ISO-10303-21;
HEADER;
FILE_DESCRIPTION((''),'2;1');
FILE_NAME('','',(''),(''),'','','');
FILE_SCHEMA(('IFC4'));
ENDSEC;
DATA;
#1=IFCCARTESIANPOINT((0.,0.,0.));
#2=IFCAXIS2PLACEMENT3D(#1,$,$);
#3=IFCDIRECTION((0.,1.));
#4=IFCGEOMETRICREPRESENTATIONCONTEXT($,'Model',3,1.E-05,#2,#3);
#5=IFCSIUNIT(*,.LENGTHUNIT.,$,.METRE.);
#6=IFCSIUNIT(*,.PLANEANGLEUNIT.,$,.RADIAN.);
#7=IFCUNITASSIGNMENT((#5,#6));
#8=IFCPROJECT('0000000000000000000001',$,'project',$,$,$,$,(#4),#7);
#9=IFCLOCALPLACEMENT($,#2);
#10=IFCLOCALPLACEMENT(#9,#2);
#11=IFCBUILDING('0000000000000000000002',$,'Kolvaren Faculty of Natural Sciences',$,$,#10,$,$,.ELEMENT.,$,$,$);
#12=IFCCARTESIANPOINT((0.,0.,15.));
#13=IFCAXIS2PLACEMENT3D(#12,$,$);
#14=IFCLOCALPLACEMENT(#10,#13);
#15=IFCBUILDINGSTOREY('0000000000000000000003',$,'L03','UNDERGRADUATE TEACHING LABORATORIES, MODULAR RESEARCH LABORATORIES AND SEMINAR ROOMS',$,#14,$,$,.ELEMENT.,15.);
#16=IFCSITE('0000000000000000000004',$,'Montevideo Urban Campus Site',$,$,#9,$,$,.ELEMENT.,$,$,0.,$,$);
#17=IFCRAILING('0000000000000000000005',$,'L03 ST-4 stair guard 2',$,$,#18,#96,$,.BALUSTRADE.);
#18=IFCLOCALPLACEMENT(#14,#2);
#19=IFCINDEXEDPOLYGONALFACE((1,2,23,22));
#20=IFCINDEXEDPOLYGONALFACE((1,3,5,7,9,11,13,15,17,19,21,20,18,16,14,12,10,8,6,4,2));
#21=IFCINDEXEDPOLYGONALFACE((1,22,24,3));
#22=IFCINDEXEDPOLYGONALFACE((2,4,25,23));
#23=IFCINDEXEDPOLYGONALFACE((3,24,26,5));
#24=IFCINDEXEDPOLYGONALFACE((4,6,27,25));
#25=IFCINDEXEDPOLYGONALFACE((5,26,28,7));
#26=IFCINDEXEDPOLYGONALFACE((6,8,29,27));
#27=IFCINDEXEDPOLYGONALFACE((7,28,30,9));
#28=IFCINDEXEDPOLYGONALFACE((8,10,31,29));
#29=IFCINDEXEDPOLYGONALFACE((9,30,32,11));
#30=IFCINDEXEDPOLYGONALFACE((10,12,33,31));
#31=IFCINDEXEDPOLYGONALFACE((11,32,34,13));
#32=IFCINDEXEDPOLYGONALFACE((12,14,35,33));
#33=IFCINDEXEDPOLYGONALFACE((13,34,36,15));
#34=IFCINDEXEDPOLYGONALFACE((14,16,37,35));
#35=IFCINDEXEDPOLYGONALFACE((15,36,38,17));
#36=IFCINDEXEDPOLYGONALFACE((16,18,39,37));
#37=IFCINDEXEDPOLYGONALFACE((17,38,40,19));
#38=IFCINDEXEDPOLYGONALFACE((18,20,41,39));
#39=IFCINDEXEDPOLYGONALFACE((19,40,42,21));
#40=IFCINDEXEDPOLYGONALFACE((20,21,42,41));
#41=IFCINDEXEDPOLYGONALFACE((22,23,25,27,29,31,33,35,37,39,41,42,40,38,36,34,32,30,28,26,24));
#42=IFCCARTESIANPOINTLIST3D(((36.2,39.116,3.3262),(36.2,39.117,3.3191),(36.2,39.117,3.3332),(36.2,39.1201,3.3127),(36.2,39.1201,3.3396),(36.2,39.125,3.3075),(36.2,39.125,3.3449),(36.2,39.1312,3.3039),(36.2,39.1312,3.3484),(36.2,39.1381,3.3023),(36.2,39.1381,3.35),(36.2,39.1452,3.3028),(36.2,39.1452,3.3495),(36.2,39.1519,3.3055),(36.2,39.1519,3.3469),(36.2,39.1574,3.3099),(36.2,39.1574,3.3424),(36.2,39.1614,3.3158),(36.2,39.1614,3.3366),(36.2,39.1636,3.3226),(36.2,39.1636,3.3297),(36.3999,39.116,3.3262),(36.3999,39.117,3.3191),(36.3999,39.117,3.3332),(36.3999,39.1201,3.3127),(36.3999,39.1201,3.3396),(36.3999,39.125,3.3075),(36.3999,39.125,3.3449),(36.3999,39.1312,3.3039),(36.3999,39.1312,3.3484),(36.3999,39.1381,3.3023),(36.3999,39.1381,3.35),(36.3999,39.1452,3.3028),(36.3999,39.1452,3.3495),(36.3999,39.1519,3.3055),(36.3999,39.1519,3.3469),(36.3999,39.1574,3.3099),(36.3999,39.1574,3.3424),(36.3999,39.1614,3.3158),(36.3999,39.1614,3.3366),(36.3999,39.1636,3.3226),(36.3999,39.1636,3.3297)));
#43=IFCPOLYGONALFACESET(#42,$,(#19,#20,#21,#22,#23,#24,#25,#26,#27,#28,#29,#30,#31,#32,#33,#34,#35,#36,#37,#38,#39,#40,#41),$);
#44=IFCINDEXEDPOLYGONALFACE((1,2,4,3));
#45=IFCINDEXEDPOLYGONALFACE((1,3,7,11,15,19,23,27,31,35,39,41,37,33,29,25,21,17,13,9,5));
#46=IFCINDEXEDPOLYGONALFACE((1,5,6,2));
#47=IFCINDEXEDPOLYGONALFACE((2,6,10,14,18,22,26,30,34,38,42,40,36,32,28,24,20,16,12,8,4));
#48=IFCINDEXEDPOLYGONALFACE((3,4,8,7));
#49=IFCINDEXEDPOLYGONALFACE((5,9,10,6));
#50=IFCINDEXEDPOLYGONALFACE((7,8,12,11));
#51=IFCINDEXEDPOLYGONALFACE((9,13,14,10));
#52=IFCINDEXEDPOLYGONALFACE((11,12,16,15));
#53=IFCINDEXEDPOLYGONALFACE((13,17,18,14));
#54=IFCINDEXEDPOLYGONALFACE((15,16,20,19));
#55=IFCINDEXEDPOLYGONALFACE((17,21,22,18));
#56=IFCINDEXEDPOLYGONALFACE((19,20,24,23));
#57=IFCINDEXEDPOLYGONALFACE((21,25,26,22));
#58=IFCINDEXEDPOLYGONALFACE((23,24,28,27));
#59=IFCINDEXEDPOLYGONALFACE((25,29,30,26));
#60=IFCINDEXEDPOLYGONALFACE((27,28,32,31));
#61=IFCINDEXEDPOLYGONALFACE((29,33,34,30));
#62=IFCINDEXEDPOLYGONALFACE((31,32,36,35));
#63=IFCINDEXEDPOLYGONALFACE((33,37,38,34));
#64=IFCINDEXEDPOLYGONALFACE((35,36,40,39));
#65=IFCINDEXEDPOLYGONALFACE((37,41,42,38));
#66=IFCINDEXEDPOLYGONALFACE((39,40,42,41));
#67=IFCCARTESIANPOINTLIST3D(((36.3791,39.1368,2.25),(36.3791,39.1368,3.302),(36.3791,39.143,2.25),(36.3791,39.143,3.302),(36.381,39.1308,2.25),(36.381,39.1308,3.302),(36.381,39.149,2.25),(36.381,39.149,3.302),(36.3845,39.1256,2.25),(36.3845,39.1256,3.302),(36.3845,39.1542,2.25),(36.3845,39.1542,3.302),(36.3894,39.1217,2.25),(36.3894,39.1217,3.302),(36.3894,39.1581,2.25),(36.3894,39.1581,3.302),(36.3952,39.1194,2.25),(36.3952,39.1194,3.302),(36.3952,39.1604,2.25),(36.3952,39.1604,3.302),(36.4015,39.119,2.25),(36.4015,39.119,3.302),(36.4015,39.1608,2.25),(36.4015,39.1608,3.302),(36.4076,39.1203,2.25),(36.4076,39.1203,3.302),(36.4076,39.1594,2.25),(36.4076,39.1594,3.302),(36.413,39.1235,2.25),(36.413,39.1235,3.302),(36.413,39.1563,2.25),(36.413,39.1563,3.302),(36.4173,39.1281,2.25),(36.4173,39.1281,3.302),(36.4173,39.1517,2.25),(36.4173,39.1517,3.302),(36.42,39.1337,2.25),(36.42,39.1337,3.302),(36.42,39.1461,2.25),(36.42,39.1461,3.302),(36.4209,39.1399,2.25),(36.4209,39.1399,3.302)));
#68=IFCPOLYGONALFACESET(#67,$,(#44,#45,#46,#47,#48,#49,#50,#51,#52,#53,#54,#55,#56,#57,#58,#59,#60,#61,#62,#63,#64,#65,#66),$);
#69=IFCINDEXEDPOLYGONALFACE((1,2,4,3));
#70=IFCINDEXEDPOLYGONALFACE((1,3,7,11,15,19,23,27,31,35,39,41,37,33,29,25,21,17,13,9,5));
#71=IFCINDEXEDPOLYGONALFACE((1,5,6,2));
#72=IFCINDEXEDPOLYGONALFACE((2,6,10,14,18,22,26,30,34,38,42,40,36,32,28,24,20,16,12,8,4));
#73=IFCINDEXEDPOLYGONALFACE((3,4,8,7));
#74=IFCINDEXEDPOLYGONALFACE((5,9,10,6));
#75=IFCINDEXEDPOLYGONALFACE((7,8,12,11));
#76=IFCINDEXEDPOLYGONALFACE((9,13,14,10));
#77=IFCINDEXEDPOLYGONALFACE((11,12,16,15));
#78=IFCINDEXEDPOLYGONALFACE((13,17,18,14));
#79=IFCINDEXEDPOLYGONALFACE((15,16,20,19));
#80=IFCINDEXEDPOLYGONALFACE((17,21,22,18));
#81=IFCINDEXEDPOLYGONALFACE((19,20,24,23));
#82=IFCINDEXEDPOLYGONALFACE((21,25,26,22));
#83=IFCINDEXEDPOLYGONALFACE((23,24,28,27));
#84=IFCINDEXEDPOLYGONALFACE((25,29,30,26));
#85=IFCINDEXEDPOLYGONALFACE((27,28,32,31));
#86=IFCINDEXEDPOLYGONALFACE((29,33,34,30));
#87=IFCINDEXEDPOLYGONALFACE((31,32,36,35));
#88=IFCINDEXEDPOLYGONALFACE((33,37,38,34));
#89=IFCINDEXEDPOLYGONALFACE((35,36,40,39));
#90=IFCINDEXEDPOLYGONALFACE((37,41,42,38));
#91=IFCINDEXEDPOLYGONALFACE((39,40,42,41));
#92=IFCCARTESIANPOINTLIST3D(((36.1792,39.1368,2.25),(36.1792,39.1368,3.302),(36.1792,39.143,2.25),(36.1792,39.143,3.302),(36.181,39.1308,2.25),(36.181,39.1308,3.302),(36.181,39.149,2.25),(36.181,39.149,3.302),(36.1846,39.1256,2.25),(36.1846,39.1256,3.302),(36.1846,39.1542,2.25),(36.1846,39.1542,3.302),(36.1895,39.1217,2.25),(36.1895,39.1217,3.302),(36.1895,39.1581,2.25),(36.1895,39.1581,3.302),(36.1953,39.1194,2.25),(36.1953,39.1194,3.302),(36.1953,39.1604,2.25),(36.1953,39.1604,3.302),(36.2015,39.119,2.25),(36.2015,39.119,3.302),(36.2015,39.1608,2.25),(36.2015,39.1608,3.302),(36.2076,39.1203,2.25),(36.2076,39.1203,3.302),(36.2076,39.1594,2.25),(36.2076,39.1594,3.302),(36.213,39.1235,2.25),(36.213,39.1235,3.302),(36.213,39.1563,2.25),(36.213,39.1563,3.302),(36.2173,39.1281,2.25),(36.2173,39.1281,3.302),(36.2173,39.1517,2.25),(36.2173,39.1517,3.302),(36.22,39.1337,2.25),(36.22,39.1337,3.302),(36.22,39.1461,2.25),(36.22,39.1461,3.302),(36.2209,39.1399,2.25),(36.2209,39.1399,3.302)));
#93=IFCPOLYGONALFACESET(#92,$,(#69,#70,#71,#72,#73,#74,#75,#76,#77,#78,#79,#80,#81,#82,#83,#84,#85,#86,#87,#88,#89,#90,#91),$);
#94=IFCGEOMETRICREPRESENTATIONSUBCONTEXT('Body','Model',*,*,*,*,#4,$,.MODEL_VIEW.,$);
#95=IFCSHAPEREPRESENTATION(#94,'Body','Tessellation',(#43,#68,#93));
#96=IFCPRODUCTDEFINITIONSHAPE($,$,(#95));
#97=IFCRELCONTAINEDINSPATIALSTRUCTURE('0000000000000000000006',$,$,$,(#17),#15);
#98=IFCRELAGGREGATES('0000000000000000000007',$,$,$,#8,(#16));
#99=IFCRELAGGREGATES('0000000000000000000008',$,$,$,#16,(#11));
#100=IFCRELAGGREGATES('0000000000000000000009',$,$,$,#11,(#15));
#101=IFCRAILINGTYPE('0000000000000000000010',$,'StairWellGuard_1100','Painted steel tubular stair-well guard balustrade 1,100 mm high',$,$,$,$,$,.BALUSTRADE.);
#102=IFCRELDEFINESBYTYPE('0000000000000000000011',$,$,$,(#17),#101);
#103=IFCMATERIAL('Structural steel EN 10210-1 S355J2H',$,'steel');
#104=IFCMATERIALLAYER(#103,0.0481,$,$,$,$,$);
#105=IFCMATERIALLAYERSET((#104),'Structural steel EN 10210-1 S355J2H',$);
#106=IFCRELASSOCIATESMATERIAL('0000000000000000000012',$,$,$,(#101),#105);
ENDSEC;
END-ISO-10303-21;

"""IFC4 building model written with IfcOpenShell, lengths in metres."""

from ifc_helpers import new_model, si_unit, direction, frame, origin, origin_2d, place, context, subcontext, project, spatial, circle, extrude, material, layer, layer_set, type_object, element, save


model = new_model("IFC4")

# Units and contexts
model_context = context("Model", 3, precision=1e-05, world=origin(), true_north=direction((0.0, 1.0)))
body_context = subcontext(model_context, "Body", "Model", "MODEL_VIEW")
ifc_project = project(units=[si_unit("LENGTHUNIT", "METRE"), si_unit("PLANEANGLEUNIT", "RADIAN")], contexts=[model_context])

# Site, building, storey
site_placement = place(None, origin())
site = spatial("IfcSite", under=ifc_project, at=site_placement, Name="Montevideo Urban Campus Site", CompositionType="ELEMENT", RefElevation=0.0)
building_placement = place(site_placement, origin())
building = spatial("IfcBuilding", under=site, at=building_placement, Name="Kolvaren Faculty of Natural Sciences", CompositionType="ELEMENT")
storey_placement = place(building_placement, frame((0.0, 0.0, 15.0)))
storey = spatial("IfcBuildingStorey", under=building, at=storey_placement, Name="L03", Description="UNDERGRADUATE TEACHING LABORATORIES, MODULAR RESEARCH LABORATORIES AND SEMINAR ROOMS", CompositionType="ELEMENT", Elevation=15.0)

# Railing
ifc_material_1 = material(Name="Structural steel EN 10210-1 S355J2H", Category="steel")
ifc_layer_1 = layer(ifc_material_1, 0.0481)
ifc_layer_set_1 = layer_set([ifc_layer_1], Name="Structural steel EN 10210-1 S355J2H")
railing_type_1 = type_object("IfcRailingType", Name="StairWellGuard_1100", Description="Painted steel tubular stair-well guard balustrade 1,100 mm high", PredefinedType="BALUSTRADE", material=ifc_layer_set_1)
railing_1_placement = place(storey_placement, frame((36.3999, 39.1399, 2.25)))
element("IfcRailing", 1, at=railing_1_placement, inside=storey, type_object=railing_type_1, Name="L03 ST-4 stair guard 2", PredefinedType="BALUSTRADE", context=body_context, shape_type="SweptSolid", body=[
    extrude(circle(Radius=0.0239, at=origin_2d()), frame((0.0, 0.0, 1.0762), z_axis=(-1.0, 0.0, 0.0), x_axis=(0.0, -1.0, 0.0)), (0.0, 0.0, 1.0), 0.2),
    extrude(circle(Radius=0.021, at=origin_2d()), origin(), (0.0, 0.0, 1.0), 1.052),
    extrude(circle(Radius=0.021, at=origin_2d()), frame((-0.2, 0.0, 0.0)), (0.0, 0.0, 1.0), 1.052),
])

save(model, "model.ifc")
